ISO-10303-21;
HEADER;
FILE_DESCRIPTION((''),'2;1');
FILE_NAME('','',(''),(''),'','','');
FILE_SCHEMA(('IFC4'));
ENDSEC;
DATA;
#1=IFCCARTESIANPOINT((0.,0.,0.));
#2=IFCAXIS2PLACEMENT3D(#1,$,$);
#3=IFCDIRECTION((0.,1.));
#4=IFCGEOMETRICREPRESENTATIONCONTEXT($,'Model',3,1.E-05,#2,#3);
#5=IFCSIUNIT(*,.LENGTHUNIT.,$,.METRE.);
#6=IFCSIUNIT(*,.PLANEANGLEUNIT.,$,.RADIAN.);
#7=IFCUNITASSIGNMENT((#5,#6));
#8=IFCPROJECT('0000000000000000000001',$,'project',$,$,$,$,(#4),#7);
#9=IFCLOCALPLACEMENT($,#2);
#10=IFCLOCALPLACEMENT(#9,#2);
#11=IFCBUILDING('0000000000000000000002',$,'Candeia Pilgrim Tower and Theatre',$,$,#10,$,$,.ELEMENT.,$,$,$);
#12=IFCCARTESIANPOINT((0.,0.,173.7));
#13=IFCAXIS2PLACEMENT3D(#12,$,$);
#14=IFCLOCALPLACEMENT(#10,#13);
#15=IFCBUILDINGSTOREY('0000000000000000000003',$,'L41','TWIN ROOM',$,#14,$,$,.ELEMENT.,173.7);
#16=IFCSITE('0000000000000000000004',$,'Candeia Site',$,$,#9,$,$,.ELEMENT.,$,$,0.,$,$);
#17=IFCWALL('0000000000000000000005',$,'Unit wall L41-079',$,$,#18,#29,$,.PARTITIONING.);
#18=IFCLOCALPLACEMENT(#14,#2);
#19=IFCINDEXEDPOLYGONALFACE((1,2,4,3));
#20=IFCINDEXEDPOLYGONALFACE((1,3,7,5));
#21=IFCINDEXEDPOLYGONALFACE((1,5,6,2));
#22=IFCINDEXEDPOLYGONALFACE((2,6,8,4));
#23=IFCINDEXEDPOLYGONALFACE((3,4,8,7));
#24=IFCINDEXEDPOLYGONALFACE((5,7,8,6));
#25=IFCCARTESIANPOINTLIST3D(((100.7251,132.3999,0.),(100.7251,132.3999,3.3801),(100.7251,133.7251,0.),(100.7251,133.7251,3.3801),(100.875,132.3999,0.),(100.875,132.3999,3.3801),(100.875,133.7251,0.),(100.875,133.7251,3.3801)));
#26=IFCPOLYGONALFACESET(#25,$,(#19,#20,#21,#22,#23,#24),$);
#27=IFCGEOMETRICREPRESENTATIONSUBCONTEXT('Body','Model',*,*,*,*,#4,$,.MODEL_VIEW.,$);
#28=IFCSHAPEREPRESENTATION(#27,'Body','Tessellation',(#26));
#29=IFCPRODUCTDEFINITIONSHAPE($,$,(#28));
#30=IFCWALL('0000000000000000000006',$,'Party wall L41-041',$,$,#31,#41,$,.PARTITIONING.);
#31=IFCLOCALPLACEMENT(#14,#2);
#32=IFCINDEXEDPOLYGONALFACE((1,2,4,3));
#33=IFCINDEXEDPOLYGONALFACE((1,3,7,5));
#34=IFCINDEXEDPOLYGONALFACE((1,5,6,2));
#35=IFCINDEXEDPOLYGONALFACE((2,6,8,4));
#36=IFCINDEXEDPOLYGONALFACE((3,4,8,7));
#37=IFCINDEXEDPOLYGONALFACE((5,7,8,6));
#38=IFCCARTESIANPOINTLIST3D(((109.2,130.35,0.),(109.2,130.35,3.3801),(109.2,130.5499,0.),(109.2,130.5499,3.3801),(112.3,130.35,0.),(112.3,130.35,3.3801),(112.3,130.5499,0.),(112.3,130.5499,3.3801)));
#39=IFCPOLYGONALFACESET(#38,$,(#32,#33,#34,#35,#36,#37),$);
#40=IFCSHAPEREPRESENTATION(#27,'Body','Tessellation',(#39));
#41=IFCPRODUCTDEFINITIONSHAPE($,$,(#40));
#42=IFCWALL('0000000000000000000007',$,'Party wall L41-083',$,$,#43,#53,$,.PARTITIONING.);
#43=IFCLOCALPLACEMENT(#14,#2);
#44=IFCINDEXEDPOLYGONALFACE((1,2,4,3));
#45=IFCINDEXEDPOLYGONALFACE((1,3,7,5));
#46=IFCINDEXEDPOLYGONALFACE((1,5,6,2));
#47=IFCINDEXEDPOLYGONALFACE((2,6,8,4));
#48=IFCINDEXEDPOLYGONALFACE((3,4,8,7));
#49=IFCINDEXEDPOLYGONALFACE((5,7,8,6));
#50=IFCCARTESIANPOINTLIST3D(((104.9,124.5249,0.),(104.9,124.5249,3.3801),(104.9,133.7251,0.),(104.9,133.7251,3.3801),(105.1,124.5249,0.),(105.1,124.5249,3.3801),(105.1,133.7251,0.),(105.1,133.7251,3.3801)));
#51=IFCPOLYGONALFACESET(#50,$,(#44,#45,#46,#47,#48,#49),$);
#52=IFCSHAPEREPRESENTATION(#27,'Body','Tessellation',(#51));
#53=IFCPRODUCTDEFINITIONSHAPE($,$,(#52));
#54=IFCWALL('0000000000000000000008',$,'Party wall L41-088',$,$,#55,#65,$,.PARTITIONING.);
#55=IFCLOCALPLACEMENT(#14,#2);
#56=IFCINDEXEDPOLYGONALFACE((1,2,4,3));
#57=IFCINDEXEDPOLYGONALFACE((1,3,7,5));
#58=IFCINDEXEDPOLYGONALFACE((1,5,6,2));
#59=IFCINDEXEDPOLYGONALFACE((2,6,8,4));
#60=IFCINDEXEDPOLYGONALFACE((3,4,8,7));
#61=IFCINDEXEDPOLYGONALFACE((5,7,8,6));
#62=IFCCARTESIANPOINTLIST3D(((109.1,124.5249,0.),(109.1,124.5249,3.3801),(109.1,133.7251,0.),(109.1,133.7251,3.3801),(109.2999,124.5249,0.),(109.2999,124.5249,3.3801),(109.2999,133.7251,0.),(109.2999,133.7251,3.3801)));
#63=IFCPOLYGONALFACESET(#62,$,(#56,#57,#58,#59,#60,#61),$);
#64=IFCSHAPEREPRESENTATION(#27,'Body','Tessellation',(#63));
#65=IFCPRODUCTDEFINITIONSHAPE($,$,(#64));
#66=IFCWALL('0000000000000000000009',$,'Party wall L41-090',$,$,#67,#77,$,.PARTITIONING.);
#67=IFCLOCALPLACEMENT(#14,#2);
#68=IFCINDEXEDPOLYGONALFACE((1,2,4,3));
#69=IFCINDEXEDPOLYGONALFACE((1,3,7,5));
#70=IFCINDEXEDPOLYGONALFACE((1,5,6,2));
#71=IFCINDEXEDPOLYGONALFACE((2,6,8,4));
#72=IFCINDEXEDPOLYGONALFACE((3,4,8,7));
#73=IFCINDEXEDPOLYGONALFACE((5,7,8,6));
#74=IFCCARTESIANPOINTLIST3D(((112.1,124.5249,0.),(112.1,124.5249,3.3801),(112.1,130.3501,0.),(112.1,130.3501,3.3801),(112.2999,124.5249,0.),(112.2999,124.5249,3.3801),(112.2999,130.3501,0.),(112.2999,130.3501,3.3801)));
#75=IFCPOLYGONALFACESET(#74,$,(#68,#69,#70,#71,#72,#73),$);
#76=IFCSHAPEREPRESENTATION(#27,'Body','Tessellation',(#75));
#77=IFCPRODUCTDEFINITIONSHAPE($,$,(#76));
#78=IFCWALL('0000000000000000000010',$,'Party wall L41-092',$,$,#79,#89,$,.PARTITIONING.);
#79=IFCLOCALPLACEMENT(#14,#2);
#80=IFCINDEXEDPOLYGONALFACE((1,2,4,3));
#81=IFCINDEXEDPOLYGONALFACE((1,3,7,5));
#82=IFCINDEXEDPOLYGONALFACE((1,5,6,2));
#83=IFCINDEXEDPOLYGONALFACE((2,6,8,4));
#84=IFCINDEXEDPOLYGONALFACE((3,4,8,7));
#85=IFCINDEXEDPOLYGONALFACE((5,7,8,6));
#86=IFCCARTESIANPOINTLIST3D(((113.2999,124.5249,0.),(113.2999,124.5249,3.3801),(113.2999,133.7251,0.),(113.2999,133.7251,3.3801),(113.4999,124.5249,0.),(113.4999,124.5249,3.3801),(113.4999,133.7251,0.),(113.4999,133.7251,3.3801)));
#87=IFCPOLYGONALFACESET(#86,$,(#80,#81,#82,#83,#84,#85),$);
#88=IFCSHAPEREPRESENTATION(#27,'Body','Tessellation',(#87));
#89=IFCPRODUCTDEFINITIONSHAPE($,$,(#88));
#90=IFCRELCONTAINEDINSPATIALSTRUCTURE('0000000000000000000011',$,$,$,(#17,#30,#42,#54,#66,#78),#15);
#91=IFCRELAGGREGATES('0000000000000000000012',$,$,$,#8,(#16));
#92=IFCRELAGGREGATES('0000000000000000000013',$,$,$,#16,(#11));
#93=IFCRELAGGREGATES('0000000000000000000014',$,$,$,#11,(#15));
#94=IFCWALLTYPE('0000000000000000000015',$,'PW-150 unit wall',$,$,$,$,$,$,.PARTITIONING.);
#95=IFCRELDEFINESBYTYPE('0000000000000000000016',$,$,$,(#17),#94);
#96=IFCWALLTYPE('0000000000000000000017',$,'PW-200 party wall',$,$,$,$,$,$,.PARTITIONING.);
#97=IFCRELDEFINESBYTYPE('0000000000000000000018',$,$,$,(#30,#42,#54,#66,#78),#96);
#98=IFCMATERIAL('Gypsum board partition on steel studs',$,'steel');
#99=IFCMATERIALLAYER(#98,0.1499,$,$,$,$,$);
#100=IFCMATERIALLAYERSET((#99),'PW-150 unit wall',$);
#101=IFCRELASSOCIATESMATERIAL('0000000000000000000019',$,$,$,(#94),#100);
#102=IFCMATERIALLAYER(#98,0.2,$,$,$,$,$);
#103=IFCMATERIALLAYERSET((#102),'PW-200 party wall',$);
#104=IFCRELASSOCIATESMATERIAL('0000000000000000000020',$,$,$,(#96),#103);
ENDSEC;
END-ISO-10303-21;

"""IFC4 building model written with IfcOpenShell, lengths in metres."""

from ifc_helpers import new_model, si_unit, direction, frame, frame_2d, origin, place, context, subcontext, project, spatial, rectangle, extrude, material, layer, layer_set, type_object, element, save


model = new_model("IFC4")

# Units and contexts
model_context = context("Model", 3, precision=1e-05, world=origin(), true_north=direction((0.0, 1.0)))
body_context = subcontext(model_context, "Body", "Model", "MODEL_VIEW")
ifc_project = project(units=[si_unit("LENGTHUNIT", "METRE"), si_unit("PLANEANGLEUNIT", "RADIAN")], contexts=[model_context])

# Site, building, storey
site_placement = place(None, origin())
site = spatial("IfcSite", under=ifc_project, at=site_placement, Name="Candeia Site", CompositionType="ELEMENT", RefElevation=0.0)
building_placement = place(site_placement, origin())
building = spatial("IfcBuilding", under=site, at=building_placement, Name="Candeia Pilgrim Tower and Theatre", CompositionType="ELEMENT")
storey_placement = place(building_placement, frame((0.0, 0.0, 173.7)))
storey = spatial("IfcBuildingStorey", under=building, at=storey_placement, Name="L41", Description="TWIN ROOM", CompositionType="ELEMENT", Elevation=173.7)

# Shared definitions
ifc_material_1 = material(Name="Gypsum board partition on steel studs", Category="steel")
ifc_layer_1 = layer(ifc_material_1, 0.1499)
ifc_layer_set_1 = layer_set([ifc_layer_1], Name="PW-150 unit wall")
wall_type_1 = type_object("IfcWallType", Name="PW-150 unit wall", PredefinedType="PARTITIONING", material=ifc_layer_set_1)

# Walls
wall_1_placement = place(storey_placement, frame((100.8, 132.3999, 0.0), z_axis=(0.0, 0.0, 1.0), x_axis=(0.0, 1.0, 0.0)))
element("IfcWall", 1, at=wall_1_placement, inside=storey, type_object=wall_type_1, Name="Unit wall L41-079", PredefinedType="PARTITIONING", context=body_context, shape_type="SweptSolid", body=[
    extrude(rectangle(XDim=1.3252, YDim=0.1499, at=frame_2d((0.6626, 0.0))), origin(), (0.0, 0.0, 1.0), 3.3801),
])
ifc_layer_2 = layer(ifc_material_1, 0.2)
ifc_layer_set_2 = layer_set([ifc_layer_2], Name="PW-200 party wall")
wall_type_2 = type_object("IfcWallType", Name="PW-200 party wall", PredefinedType="PARTITIONING", material=ifc_layer_set_2)
wall_2_placement = place(storey_placement, frame((109.2, 130.45, 0.0), z_axis=(0.0, 0.0, 1.0), x_axis=(1.0, 0.0, 0.0)))
element("IfcWall", 2, at=wall_2_placement, inside=storey, type_object=wall_type_2, Name="Party wall L41-041", PredefinedType="PARTITIONING", context=body_context, shape_type="SweptSolid", body=[
    extrude(rectangle(XDim=3.1001, YDim=0.2, at=frame_2d((1.55, 0.0))), origin(), (0.0, 0.0, 1.0), 3.3801),
])
for number, where, z_axis, x_axis, name in (
    (3, (105.0, 124.5249, 0.0), (0.0, 0.0, 1.0), (0.0, 1.0, 0.0), "Party wall L41-083"),
    (4, (109.2, 124.5249, 0.0), (0.0, 0.0, 1.0), (0.0, 1.0, 0.0), "Party wall L41-088"),
):
    element("IfcWall", number, at=place(storey_placement, frame(where, z_axis=z_axis, x_axis=x_axis)), inside=storey, type_object=wall_type_2, Name=name, PredefinedType="PARTITIONING", context=body_context, shape_type="SweptSolid", body=[
        extrude(rectangle(XDim=9.2002, YDim=0.2, at=frame_2d((4.6001, 0.0))), origin(), (0.0, 0.0, 1.0), 3.3801),
    ])
wall_3_placement = place(storey_placement, frame((112.2, 124.5249, 0.0), z_axis=(0.0, 0.0, 1.0), x_axis=(0.0, 1.0, 0.0)))
element("IfcWall", 5, at=wall_3_placement, inside=storey, type_object=wall_type_2, Name="Party wall L41-090", PredefinedType="PARTITIONING", context=body_context, shape_type="SweptSolid", body=[
    extrude(rectangle(XDim=5.8252, YDim=0.2, at=frame_2d((2.9126, 0.0))), origin(), (0.0, 0.0, 1.0), 3.3801),
])
wall_4_placement = place(storey_placement, frame((113.3999, 124.5249, 0.0), z_axis=(0.0, 0.0, 1.0), x_axis=(0.0, 1.0, 0.0)))
element("IfcWall", 6, at=wall_4_placement, inside=storey, type_object=wall_type_2, Name="Party wall L41-092", PredefinedType="PARTITIONING", context=body_context, shape_type="SweptSolid", body=[
    extrude(rectangle(XDim=9.2002, YDim=0.2, at=frame_2d((4.6001, 0.0))), origin(), (0.0, 0.0, 1.0), 3.3801),
])

save(model, "model.ifc")
